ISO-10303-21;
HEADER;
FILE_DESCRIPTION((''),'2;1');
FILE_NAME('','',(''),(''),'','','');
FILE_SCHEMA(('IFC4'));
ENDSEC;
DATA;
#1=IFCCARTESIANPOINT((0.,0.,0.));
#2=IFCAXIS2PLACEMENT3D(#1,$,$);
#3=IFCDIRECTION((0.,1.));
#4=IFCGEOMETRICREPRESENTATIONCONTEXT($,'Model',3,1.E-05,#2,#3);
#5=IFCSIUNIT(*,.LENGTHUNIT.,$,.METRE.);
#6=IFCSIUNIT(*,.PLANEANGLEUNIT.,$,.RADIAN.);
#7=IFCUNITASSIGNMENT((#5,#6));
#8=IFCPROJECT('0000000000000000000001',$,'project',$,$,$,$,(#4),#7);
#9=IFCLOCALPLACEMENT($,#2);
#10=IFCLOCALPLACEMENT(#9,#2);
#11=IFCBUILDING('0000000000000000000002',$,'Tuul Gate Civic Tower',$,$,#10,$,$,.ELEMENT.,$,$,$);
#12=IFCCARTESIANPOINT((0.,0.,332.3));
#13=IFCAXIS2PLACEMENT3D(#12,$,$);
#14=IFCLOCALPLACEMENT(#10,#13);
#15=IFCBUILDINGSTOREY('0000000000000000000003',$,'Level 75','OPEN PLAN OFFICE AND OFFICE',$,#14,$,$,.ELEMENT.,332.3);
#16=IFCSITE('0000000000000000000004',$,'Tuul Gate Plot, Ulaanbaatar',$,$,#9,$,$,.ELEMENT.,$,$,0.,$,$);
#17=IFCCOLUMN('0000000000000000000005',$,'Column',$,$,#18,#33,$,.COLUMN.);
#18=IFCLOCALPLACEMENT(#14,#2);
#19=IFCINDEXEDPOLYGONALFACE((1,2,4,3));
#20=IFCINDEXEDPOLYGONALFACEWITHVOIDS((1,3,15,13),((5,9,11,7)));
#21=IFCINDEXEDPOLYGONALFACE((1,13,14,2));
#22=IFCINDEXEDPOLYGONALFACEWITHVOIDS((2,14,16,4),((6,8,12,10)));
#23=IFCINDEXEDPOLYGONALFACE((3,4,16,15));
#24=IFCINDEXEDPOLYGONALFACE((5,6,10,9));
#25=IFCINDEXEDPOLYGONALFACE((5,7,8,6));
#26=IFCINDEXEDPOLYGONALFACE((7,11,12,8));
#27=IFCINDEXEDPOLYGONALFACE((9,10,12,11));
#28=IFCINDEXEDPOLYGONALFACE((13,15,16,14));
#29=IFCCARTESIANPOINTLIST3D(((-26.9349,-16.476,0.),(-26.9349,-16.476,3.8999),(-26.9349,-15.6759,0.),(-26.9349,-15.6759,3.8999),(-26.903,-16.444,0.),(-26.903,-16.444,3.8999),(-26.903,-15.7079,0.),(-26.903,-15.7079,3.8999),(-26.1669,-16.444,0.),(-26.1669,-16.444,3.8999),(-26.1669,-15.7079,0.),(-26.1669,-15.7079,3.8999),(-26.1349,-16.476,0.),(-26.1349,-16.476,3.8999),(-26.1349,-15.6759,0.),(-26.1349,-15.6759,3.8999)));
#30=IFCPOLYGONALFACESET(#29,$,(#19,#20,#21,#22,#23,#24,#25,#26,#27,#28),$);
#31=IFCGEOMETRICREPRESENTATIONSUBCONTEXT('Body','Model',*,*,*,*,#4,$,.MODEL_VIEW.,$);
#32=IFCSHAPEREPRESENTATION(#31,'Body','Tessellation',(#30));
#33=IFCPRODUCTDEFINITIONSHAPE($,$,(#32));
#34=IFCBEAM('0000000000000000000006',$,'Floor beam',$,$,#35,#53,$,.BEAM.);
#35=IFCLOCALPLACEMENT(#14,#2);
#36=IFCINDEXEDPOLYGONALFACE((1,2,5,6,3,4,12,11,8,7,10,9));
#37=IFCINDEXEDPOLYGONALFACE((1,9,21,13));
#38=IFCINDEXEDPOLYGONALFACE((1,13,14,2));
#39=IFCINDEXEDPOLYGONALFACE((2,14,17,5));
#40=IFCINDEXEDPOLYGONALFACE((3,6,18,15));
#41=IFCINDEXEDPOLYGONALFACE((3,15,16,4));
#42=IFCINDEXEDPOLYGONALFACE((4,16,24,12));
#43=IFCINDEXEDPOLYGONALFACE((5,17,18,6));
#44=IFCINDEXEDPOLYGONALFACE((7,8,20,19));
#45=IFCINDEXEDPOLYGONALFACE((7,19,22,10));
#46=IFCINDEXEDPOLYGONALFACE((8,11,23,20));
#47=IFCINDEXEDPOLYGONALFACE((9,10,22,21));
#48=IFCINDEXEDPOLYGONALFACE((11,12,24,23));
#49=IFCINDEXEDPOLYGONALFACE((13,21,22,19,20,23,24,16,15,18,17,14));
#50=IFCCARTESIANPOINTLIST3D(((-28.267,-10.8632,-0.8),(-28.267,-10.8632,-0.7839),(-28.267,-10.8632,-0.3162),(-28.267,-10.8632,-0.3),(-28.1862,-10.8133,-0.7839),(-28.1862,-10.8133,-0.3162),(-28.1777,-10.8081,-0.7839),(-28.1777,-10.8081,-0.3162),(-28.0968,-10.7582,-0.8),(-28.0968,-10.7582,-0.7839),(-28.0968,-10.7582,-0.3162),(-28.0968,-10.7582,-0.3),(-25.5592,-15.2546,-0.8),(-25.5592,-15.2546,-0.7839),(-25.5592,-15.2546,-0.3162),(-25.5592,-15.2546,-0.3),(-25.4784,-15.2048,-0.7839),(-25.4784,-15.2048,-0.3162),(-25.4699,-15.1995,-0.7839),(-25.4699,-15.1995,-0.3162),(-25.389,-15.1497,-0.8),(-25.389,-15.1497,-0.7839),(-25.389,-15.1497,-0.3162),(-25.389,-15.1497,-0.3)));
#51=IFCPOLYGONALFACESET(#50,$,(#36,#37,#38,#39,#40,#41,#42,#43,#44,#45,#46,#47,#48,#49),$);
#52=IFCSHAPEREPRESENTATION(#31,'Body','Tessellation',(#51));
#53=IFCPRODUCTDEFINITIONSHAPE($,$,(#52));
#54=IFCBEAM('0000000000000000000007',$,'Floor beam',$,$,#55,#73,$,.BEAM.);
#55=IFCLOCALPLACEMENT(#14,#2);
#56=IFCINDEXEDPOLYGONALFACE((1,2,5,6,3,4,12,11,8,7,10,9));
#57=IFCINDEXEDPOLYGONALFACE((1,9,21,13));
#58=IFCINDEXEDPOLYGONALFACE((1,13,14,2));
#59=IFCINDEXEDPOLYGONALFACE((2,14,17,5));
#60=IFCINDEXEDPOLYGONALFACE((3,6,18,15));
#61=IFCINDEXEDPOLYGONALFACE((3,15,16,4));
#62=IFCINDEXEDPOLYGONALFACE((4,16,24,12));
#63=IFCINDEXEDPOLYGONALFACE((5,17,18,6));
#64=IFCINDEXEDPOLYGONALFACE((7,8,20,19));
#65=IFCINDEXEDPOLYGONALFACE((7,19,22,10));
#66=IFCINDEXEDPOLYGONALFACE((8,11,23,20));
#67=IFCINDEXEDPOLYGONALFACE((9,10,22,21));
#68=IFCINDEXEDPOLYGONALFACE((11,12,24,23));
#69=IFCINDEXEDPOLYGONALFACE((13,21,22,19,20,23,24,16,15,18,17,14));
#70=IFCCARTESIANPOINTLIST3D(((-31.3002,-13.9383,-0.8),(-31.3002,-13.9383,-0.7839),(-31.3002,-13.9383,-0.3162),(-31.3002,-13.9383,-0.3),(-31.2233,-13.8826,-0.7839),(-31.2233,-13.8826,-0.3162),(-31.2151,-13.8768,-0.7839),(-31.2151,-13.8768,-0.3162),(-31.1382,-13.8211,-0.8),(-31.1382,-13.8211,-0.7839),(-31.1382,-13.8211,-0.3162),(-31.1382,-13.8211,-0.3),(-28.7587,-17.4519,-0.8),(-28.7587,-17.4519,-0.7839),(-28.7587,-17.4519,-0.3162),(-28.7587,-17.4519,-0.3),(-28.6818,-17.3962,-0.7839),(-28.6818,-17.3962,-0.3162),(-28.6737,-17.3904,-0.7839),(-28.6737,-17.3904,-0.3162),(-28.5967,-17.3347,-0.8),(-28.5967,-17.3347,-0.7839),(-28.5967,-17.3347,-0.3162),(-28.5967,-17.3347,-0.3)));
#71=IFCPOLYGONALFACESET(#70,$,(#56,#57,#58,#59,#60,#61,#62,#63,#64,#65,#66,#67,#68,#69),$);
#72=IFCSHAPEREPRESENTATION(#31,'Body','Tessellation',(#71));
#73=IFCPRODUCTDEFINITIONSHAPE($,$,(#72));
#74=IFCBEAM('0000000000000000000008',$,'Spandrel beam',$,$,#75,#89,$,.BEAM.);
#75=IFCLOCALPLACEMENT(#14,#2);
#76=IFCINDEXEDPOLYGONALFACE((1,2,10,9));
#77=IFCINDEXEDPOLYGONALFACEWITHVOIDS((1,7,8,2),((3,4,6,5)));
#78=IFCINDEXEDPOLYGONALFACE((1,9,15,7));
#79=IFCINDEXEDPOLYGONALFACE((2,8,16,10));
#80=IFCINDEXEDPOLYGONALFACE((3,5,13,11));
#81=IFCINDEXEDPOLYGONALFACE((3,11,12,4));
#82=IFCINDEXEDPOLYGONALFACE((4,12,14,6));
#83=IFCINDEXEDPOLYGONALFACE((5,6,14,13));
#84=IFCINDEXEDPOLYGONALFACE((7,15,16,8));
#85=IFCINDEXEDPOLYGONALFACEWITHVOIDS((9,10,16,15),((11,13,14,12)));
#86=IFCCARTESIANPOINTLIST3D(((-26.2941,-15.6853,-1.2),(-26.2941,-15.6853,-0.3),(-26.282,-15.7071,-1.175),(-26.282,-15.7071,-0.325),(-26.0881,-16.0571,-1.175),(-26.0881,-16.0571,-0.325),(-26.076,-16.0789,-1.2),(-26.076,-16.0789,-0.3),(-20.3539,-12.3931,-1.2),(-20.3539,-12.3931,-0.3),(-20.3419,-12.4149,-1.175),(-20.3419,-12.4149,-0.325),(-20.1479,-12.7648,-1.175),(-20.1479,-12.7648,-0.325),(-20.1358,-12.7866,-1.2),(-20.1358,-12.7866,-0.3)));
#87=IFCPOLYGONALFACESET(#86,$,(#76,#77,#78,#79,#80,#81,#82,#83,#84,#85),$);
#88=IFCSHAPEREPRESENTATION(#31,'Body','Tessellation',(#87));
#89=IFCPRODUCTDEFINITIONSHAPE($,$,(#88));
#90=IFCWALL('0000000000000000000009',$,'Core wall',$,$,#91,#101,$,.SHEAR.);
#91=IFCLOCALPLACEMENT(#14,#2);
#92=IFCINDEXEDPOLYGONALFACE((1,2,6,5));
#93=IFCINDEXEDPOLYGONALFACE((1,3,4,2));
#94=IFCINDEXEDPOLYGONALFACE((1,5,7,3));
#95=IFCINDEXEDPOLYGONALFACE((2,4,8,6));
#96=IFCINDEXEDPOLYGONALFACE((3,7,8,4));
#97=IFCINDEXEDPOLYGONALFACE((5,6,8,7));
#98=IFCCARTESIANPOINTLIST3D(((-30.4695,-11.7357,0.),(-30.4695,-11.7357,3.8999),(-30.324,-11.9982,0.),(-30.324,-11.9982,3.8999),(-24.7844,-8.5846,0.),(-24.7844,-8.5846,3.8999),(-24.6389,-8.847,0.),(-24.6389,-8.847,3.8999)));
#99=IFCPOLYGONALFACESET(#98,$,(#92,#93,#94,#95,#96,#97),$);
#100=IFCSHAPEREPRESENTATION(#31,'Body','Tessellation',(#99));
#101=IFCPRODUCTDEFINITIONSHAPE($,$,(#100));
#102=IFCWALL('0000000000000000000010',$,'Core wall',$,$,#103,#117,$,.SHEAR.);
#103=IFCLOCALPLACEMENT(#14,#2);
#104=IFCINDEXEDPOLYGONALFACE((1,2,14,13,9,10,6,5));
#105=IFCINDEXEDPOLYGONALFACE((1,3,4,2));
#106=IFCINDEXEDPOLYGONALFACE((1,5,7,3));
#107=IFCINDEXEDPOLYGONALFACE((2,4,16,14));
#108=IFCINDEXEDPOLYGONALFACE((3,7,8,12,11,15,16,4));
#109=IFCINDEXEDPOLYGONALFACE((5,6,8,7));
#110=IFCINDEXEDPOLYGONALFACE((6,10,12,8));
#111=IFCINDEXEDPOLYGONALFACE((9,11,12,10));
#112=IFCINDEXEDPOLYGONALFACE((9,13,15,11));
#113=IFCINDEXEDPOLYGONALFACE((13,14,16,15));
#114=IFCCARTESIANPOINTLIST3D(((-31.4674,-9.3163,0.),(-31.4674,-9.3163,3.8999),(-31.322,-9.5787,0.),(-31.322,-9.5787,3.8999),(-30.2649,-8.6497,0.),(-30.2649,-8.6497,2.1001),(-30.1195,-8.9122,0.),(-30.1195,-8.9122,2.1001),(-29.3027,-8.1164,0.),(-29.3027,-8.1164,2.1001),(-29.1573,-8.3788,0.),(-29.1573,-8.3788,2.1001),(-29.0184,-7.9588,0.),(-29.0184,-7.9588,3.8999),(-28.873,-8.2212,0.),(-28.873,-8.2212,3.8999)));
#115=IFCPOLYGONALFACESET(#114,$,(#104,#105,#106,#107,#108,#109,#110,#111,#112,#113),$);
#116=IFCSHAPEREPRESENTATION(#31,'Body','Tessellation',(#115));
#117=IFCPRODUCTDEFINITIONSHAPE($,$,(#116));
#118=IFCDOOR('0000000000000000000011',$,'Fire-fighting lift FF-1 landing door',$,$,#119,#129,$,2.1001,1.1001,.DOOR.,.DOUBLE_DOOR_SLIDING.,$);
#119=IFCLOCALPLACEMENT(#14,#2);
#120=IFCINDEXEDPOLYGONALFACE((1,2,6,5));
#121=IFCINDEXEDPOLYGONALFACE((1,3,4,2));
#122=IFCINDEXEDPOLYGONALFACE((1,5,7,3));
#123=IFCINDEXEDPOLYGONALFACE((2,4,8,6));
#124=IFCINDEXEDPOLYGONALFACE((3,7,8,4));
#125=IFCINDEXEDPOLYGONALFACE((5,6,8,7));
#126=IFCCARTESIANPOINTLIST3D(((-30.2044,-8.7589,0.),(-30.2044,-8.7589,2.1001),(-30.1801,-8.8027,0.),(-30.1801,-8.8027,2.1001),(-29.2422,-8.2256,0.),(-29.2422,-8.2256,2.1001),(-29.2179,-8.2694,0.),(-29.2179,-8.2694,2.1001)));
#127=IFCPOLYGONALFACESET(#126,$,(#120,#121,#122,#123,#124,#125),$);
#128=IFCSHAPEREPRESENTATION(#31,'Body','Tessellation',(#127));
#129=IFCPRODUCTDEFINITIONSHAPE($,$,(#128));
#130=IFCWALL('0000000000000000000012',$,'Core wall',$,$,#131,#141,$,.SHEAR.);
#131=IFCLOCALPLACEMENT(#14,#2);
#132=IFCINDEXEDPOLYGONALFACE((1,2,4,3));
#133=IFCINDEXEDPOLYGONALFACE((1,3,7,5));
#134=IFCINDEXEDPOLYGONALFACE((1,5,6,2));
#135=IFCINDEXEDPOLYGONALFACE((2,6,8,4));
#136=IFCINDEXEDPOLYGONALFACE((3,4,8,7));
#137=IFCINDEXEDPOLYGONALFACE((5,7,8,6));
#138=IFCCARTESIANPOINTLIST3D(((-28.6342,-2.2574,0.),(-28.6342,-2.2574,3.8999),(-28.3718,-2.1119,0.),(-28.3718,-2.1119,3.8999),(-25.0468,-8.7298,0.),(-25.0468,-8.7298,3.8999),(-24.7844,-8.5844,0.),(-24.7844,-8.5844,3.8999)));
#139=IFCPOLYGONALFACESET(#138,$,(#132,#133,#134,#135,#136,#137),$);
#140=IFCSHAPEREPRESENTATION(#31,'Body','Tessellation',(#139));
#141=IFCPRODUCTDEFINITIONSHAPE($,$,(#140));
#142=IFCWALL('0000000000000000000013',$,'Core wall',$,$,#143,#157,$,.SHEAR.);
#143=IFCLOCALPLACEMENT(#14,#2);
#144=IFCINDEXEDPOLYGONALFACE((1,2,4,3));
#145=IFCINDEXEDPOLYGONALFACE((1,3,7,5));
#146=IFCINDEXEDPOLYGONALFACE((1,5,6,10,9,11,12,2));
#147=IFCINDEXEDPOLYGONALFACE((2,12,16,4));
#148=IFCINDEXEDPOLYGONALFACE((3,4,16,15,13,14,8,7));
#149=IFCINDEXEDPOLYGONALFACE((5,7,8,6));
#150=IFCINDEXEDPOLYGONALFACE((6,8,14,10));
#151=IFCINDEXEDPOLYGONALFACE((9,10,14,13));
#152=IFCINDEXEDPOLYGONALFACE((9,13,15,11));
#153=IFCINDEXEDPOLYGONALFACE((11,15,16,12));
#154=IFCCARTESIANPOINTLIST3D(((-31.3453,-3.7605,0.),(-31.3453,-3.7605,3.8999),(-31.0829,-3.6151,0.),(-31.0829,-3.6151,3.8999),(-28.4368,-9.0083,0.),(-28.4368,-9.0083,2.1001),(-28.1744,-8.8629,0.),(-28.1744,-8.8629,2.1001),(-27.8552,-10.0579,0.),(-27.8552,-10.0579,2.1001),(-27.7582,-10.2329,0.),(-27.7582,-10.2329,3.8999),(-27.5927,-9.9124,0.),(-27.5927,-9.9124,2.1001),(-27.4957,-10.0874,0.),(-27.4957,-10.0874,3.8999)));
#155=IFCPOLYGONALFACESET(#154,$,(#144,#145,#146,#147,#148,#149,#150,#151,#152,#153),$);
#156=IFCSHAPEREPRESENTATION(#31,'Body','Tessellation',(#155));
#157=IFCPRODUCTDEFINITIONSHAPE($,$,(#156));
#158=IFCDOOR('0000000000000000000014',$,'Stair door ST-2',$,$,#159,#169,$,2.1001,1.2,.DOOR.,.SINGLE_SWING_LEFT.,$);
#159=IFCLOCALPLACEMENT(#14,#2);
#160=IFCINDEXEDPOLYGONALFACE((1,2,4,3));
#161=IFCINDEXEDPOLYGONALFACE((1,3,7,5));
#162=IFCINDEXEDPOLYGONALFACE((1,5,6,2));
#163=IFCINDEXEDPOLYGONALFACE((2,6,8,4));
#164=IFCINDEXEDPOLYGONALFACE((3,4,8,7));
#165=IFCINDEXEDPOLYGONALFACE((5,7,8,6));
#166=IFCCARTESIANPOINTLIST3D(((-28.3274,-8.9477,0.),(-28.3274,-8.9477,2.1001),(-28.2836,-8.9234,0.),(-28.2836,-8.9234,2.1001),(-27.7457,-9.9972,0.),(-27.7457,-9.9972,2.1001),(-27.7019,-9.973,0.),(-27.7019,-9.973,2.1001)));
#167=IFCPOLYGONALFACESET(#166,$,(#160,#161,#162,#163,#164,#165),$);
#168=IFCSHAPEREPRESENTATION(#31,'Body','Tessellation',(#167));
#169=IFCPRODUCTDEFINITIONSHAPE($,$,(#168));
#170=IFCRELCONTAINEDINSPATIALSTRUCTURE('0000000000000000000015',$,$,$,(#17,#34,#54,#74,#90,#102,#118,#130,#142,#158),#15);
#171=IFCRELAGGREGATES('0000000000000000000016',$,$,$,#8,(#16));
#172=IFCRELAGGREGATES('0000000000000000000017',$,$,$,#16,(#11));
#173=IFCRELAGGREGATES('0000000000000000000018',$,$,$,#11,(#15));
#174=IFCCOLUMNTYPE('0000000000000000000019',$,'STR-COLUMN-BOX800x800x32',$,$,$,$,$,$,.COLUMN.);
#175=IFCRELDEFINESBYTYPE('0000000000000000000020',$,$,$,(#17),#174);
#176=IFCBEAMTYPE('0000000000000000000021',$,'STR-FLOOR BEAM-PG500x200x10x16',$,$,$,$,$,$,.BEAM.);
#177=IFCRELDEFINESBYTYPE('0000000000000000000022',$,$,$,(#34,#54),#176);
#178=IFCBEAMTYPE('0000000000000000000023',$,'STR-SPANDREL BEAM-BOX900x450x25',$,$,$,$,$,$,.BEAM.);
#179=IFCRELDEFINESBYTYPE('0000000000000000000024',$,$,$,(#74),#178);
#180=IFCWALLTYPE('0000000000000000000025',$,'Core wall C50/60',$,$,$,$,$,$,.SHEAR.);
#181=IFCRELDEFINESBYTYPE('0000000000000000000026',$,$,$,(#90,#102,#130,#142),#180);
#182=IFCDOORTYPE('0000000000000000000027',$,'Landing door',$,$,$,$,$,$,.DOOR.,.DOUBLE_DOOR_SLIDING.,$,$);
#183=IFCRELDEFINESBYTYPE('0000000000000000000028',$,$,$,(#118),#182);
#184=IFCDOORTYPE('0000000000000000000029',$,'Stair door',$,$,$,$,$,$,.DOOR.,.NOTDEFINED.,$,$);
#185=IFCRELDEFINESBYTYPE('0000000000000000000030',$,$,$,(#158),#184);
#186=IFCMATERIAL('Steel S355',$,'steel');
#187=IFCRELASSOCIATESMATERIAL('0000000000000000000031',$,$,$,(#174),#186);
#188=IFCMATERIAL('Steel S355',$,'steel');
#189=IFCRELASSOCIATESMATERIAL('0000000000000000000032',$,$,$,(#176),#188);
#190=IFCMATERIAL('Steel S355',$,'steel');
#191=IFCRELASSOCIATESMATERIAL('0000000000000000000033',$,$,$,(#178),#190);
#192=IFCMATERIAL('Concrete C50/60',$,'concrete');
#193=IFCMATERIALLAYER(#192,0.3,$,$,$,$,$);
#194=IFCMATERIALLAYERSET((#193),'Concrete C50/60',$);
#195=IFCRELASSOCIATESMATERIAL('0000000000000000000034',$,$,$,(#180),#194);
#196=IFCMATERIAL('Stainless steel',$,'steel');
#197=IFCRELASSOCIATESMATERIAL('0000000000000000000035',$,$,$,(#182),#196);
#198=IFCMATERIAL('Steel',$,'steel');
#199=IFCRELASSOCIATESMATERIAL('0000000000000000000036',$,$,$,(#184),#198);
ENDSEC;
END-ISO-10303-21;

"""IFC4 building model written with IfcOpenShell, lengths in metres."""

from ifc_helpers import new_model, si_unit, direction, frame, frame_2d, origin, origin_2d, place, context, subcontext, project, spatial, rectangle, hollow_rectangle, i_section, extrude, material, layer, layer_set, material_profile, profile_set, type_object, element, fill, save


model = new_model("IFC4")

# Units and contexts
model_context = context("Model", 3, precision=1e-05, world=origin(), true_north=direction((0.0, 1.0)))
body_context = subcontext(model_context, "Body", "Model", "MODEL_VIEW")
ifc_project = project(units=[si_unit("LENGTHUNIT", "METRE"), si_unit("PLANEANGLEUNIT", "RADIAN")], contexts=[model_context])

# Site, building, storey
site_placement = place(None, origin())
site = spatial("IfcSite", under=ifc_project, at=site_placement, Name="Tuul Gate Plot, Ulaanbaatar", CompositionType="ELEMENT", RefElevation=0.0)
building_placement = place(site_placement, origin())
building = spatial("IfcBuilding", under=site, at=building_placement, Name="Tuul Gate Civic Tower", CompositionType="ELEMENT")
storey_placement = place(building_placement, frame((0.0, 0.0, 332.3)))
storey = spatial("IfcBuildingStorey", under=building, at=storey_placement, Name="Level 75", Description="OPEN PLAN OFFICE AND OFFICE", CompositionType="ELEMENT", Elevation=332.3)

# Column
ifc_material_1 = material(Name="Steel S355", Category="steel")
ifc_material_profile_1 = material_profile(ifc_material_1, hollow_rectangle(XDim=0.8, YDim=0.8, WallThickness=0.032, at=origin_2d()), Name="BOX800x800x32")
ifc_profile_set_1 = profile_set([ifc_material_profile_1], Name="Steel S355")
column_type = type_object("IfcColumnType", Name="STR-COLUMN-BOX800x800x32", PredefinedType="COLUMN", material=ifc_profile_set_1)
column_placement = place(storey_placement, frame((-26.5349, -16.0759, 0.0), z_axis=(0.0, 0.0, 1.0), x_axis=(1.0, 0.0, 0.0)))
element("IfcColumn", 1, at=column_placement, inside=storey, type_object=column_type, Name="Column", PredefinedType="COLUMN", context=body_context, shape_type="SweptSolid", body=[
    extrude(hollow_rectangle(XDim=0.8, YDim=0.8, WallThickness=0.032, at=origin_2d()), origin(), (0.0, 0.0, 1.0), 3.8999),
])

# Beams
ifc_material_2 = material(Name="Steel S355", Category="steel")
ifc_material_profile_2 = material_profile(ifc_material_2, i_section(OverallWidth=0.2, OverallDepth=0.5, WebThickness=0.01, FlangeThickness=0.0161, at=origin_2d()), Name="PG500x200x10x16")
ifc_profile_set_2 = profile_set([ifc_material_profile_2], Name="Steel S355")
beam_type_1 = type_object("IfcBeamType", Name="STR-FLOOR BEAM-PG500x200x10x16", PredefinedType="BEAM", material=ifc_profile_set_2)
beam_1_placement = place(storey_placement, frame((-25.4741, -15.2021, -0.55), z_axis=(-0.524855, 0.851192, 0.0), x_axis=(-0.851192, -0.524855, 0.0)))
element("IfcBeam", 2, at=beam_1_placement, inside=storey, type_object=beam_type_1, Name="Floor beam", PredefinedType="BEAM", context=body_context, shape_type="SweptSolid", body=[
    extrude(i_section(OverallWidth=0.2, OverallDepth=0.5, WebThickness=0.01, FlangeThickness=0.0161, at=origin_2d()), origin(), (0.0, 0.0, 1.0), 5.1592),
])
beam_2_placement = place(storey_placement, frame((-28.6777, -17.3933, -0.55), z_axis=(-0.586074, 0.810257, 0.0), x_axis=(-0.810257, -0.586074, 0.0)))
element("IfcBeam", 3, at=beam_2_placement, inside=storey, type_object=beam_type_1, Name="Floor beam", PredefinedType="BEAM", context=body_context, shape_type="SweptSolid", body=[
    extrude(i_section(OverallWidth=0.2, OverallDepth=0.5, WebThickness=0.01, FlangeThickness=0.0161, at=origin_2d()), origin(), (0.0, 0.0, 1.0), 4.3364),
])
ifc_material_3 = material(Name="Steel S355", Category="steel")
ifc_material_profile_3 = material_profile(ifc_material_3, hollow_rectangle(XDim=0.45, YDim=0.8999, WallThickness=0.0249, at=origin_2d()), Name="BOX900x450x25")
ifc_profile_set_3 = profile_set([ifc_material_profile_3], Name="Steel S355")
beam_type_2 = type_object("IfcBeamType", Name="STR-SPANDREL BEAM-BOX900x450x25", PredefinedType="BEAM", material=ifc_profile_set_3)
beam_3_placement = place(storey_placement, frame((-26.1851, -15.8821, -0.75), z_axis=(0.874649, 0.484758, 0.0), x_axis=(-0.484758, 0.874649, 0.0)))
element("IfcBeam", 4, at=beam_3_placement, inside=storey, type_object=beam_type_2, Name="Spandrel beam", PredefinedType="BEAM", context=body_context, shape_type="SweptSolid", body=[
    extrude(hollow_rectangle(XDim=0.45, YDim=0.8999, WallThickness=0.0249, at=origin_2d()), origin(), (0.0, 0.0, 1.0), 6.7915),
])

# Wall
ifc_material_4 = material(Name="Concrete C50/60", Category="concrete")
ifc_layer_1 = layer(ifc_material_4, 0.3)
ifc_layer_set_1 = layer_set([ifc_layer_1], Name="Concrete C50/60")
wall_type_1 = type_object("IfcWallType", Name="Core wall C50/60", PredefinedType="SHEAR", material=ifc_layer_set_1)
wall_1_placement = place(storey_placement, frame((-24.7117, -8.7158, 0.0), z_axis=(0.0, 0.0, 1.0), x_axis=(-0.87463, -0.484791, 0.0)))
element("IfcWall", 5, at=wall_1_placement, inside=storey, type_object=wall_type_1, Name="Core wall", PredefinedType="SHEAR", context=body_context, shape_type="SweptSolid", body=[
    extrude(rectangle(XDim=6.5, YDim=0.3, at=frame_2d((3.25, 0.0))), origin(), (0.0, 0.0, 1.0), 3.8999),
])

# Wall, opening, door
wall_2_placement = place(storey_placement, frame((-28.9458, -8.0901, 0.0), z_axis=(0.0, 0.0, 1.0), x_axis=(-0.87463, -0.484791, 0.0)))
wall_2 = element("IfcWall", 6, at=wall_2_placement, inside=storey, type_object=wall_type_1, Name="Core wall", PredefinedType="SHEAR", context=body_context, shape_type="SweptSolid", body=[
    extrude(rectangle(XDim=2.8, YDim=0.3, at=frame_2d((1.3999, 0.0))), origin(), (0.0, 0.0, 1.0), 3.8999),
])
opening_1_placement = place(wall_2_placement, frame((0.325, 0.0, 0.0)))
opening_1 = element("IfcOpeningElement", 7, at=opening_1_placement, cuts=wall_2, PredefinedType="OPENING", context=body_context, shape_type="SweptSolid", body=[
    extrude(rectangle(XDim=1.1001, YDim=2.1001, at=frame_2d((0.55, 1.05))), frame((0.0, 0.1602, 0.0), z_axis=(0.0, -1.0, 0.0), x_axis=(1.0, 0.0, 0.0)), (0.0, 0.0, 1.0), 0.3201),
])
ifc_material_5 = material(Name="Stainless steel", Category="steel")
door_type_1 = type_object("IfcDoorType", Name="Landing door", OperationType="DOUBLE_DOOR_SLIDING", PredefinedType="DOOR", material=ifc_material_5)
door_1_placement = place(opening_1_placement, origin())
door_1 = element("IfcDoor", 8, at=door_1_placement, inside=storey, type_object=door_type_1, Name="Fire-fighting lift FF-1 landing door", OperationType="DOUBLE_DOOR_SLIDING", OverallHeight=2.1001, OverallWidth=1.1001, PredefinedType="DOOR", context=body_context, shape_type="SweptSolid", body=[
    extrude(rectangle(XDim=1.1001, YDim=2.1001, at=frame_2d((0.55, 1.05))), frame((0.0, 0.0249, 0.0), z_axis=(0.0, -1.0, 0.0), x_axis=(1.0, 0.0, 0.0)), (0.0, 0.0, 1.0), 0.05),
])
fill(opening_1, door_1)

# Wall
wall_3_placement = place(storey_placement, frame((-24.9155, -8.6572, 0.0), z_axis=(0.0, 0.0, 1.0), x_axis=(-0.484777, 0.874638, 0.0)))
element("IfcWall", 9, at=wall_3_placement, inside=storey, type_object=wall_type_1, Name="Core wall", PredefinedType="SHEAR", context=body_context, shape_type="SweptSolid", body=[
    extrude(rectangle(XDim=7.4001, YDim=0.3, at=frame_2d((3.7002, 0.0))), origin(), (0.0, 0.0, 1.0), 3.8999),
])

# Wall, opening, door
wall_4_placement = place(storey_placement, frame((-27.627, -10.1602, 0.0), z_axis=(0.0, 0.0, 1.0), x_axis=(-0.484752, 0.874652, 0.0)))
wall_4 = element("IfcWall", 10, at=wall_4_placement, inside=storey, type_object=wall_type_1, Name="Core wall", PredefinedType="SHEAR", context=body_context, shape_type="SweptSolid", body=[
    extrude(rectangle(XDim=7.3999, YDim=0.3, at=frame_2d((3.7, 0.0))), origin(), (0.0, 0.0, 1.0), 3.8999),
])
opening_2_placement = place(wall_4_placement, frame((0.2, 0.0, 0.0)))
opening_2 = element("IfcOpeningElement", 11, at=opening_2_placement, cuts=wall_4, PredefinedType="OPENING", context=body_context, shape_type="SweptSolid", body=[
    extrude(rectangle(XDim=1.2, YDim=2.1001, at=frame_2d((0.6001, 1.05))), frame((0.0, 0.1602, 0.0), z_axis=(0.0, -1.0, 0.0), x_axis=(1.0, 0.0, 0.0)), (0.0, 0.0, 1.0), 0.3201),
])
ifc_material_6 = material(Name="Steel", Category="steel")
door_type_2 = type_object("IfcDoorType", Name="Stair door", OperationType="NOTDEFINED", PredefinedType="DOOR", material=ifc_material_6)
door_2_placement = place(opening_2_placement, origin())
door_2 = element("IfcDoor", 12, at=door_2_placement, inside=storey, type_object=door_type_2, Name="Stair door ST-2", OperationType="SINGLE_SWING_LEFT", OverallHeight=2.1001, OverallWidth=1.2, PredefinedType="DOOR", context=body_context, shape_type="SweptSolid", body=[
    extrude(rectangle(XDim=1.2, YDim=2.1001, at=frame_2d((0.6001, 1.05))), frame((0.0, 0.0249, 0.0), z_axis=(0.0, -1.0, 0.0), x_axis=(1.0, 0.0, 0.0)), (0.0, 0.0, 1.0), 0.05),
])
fill(opening_2, door_2)

save(model, "model.ifc")
